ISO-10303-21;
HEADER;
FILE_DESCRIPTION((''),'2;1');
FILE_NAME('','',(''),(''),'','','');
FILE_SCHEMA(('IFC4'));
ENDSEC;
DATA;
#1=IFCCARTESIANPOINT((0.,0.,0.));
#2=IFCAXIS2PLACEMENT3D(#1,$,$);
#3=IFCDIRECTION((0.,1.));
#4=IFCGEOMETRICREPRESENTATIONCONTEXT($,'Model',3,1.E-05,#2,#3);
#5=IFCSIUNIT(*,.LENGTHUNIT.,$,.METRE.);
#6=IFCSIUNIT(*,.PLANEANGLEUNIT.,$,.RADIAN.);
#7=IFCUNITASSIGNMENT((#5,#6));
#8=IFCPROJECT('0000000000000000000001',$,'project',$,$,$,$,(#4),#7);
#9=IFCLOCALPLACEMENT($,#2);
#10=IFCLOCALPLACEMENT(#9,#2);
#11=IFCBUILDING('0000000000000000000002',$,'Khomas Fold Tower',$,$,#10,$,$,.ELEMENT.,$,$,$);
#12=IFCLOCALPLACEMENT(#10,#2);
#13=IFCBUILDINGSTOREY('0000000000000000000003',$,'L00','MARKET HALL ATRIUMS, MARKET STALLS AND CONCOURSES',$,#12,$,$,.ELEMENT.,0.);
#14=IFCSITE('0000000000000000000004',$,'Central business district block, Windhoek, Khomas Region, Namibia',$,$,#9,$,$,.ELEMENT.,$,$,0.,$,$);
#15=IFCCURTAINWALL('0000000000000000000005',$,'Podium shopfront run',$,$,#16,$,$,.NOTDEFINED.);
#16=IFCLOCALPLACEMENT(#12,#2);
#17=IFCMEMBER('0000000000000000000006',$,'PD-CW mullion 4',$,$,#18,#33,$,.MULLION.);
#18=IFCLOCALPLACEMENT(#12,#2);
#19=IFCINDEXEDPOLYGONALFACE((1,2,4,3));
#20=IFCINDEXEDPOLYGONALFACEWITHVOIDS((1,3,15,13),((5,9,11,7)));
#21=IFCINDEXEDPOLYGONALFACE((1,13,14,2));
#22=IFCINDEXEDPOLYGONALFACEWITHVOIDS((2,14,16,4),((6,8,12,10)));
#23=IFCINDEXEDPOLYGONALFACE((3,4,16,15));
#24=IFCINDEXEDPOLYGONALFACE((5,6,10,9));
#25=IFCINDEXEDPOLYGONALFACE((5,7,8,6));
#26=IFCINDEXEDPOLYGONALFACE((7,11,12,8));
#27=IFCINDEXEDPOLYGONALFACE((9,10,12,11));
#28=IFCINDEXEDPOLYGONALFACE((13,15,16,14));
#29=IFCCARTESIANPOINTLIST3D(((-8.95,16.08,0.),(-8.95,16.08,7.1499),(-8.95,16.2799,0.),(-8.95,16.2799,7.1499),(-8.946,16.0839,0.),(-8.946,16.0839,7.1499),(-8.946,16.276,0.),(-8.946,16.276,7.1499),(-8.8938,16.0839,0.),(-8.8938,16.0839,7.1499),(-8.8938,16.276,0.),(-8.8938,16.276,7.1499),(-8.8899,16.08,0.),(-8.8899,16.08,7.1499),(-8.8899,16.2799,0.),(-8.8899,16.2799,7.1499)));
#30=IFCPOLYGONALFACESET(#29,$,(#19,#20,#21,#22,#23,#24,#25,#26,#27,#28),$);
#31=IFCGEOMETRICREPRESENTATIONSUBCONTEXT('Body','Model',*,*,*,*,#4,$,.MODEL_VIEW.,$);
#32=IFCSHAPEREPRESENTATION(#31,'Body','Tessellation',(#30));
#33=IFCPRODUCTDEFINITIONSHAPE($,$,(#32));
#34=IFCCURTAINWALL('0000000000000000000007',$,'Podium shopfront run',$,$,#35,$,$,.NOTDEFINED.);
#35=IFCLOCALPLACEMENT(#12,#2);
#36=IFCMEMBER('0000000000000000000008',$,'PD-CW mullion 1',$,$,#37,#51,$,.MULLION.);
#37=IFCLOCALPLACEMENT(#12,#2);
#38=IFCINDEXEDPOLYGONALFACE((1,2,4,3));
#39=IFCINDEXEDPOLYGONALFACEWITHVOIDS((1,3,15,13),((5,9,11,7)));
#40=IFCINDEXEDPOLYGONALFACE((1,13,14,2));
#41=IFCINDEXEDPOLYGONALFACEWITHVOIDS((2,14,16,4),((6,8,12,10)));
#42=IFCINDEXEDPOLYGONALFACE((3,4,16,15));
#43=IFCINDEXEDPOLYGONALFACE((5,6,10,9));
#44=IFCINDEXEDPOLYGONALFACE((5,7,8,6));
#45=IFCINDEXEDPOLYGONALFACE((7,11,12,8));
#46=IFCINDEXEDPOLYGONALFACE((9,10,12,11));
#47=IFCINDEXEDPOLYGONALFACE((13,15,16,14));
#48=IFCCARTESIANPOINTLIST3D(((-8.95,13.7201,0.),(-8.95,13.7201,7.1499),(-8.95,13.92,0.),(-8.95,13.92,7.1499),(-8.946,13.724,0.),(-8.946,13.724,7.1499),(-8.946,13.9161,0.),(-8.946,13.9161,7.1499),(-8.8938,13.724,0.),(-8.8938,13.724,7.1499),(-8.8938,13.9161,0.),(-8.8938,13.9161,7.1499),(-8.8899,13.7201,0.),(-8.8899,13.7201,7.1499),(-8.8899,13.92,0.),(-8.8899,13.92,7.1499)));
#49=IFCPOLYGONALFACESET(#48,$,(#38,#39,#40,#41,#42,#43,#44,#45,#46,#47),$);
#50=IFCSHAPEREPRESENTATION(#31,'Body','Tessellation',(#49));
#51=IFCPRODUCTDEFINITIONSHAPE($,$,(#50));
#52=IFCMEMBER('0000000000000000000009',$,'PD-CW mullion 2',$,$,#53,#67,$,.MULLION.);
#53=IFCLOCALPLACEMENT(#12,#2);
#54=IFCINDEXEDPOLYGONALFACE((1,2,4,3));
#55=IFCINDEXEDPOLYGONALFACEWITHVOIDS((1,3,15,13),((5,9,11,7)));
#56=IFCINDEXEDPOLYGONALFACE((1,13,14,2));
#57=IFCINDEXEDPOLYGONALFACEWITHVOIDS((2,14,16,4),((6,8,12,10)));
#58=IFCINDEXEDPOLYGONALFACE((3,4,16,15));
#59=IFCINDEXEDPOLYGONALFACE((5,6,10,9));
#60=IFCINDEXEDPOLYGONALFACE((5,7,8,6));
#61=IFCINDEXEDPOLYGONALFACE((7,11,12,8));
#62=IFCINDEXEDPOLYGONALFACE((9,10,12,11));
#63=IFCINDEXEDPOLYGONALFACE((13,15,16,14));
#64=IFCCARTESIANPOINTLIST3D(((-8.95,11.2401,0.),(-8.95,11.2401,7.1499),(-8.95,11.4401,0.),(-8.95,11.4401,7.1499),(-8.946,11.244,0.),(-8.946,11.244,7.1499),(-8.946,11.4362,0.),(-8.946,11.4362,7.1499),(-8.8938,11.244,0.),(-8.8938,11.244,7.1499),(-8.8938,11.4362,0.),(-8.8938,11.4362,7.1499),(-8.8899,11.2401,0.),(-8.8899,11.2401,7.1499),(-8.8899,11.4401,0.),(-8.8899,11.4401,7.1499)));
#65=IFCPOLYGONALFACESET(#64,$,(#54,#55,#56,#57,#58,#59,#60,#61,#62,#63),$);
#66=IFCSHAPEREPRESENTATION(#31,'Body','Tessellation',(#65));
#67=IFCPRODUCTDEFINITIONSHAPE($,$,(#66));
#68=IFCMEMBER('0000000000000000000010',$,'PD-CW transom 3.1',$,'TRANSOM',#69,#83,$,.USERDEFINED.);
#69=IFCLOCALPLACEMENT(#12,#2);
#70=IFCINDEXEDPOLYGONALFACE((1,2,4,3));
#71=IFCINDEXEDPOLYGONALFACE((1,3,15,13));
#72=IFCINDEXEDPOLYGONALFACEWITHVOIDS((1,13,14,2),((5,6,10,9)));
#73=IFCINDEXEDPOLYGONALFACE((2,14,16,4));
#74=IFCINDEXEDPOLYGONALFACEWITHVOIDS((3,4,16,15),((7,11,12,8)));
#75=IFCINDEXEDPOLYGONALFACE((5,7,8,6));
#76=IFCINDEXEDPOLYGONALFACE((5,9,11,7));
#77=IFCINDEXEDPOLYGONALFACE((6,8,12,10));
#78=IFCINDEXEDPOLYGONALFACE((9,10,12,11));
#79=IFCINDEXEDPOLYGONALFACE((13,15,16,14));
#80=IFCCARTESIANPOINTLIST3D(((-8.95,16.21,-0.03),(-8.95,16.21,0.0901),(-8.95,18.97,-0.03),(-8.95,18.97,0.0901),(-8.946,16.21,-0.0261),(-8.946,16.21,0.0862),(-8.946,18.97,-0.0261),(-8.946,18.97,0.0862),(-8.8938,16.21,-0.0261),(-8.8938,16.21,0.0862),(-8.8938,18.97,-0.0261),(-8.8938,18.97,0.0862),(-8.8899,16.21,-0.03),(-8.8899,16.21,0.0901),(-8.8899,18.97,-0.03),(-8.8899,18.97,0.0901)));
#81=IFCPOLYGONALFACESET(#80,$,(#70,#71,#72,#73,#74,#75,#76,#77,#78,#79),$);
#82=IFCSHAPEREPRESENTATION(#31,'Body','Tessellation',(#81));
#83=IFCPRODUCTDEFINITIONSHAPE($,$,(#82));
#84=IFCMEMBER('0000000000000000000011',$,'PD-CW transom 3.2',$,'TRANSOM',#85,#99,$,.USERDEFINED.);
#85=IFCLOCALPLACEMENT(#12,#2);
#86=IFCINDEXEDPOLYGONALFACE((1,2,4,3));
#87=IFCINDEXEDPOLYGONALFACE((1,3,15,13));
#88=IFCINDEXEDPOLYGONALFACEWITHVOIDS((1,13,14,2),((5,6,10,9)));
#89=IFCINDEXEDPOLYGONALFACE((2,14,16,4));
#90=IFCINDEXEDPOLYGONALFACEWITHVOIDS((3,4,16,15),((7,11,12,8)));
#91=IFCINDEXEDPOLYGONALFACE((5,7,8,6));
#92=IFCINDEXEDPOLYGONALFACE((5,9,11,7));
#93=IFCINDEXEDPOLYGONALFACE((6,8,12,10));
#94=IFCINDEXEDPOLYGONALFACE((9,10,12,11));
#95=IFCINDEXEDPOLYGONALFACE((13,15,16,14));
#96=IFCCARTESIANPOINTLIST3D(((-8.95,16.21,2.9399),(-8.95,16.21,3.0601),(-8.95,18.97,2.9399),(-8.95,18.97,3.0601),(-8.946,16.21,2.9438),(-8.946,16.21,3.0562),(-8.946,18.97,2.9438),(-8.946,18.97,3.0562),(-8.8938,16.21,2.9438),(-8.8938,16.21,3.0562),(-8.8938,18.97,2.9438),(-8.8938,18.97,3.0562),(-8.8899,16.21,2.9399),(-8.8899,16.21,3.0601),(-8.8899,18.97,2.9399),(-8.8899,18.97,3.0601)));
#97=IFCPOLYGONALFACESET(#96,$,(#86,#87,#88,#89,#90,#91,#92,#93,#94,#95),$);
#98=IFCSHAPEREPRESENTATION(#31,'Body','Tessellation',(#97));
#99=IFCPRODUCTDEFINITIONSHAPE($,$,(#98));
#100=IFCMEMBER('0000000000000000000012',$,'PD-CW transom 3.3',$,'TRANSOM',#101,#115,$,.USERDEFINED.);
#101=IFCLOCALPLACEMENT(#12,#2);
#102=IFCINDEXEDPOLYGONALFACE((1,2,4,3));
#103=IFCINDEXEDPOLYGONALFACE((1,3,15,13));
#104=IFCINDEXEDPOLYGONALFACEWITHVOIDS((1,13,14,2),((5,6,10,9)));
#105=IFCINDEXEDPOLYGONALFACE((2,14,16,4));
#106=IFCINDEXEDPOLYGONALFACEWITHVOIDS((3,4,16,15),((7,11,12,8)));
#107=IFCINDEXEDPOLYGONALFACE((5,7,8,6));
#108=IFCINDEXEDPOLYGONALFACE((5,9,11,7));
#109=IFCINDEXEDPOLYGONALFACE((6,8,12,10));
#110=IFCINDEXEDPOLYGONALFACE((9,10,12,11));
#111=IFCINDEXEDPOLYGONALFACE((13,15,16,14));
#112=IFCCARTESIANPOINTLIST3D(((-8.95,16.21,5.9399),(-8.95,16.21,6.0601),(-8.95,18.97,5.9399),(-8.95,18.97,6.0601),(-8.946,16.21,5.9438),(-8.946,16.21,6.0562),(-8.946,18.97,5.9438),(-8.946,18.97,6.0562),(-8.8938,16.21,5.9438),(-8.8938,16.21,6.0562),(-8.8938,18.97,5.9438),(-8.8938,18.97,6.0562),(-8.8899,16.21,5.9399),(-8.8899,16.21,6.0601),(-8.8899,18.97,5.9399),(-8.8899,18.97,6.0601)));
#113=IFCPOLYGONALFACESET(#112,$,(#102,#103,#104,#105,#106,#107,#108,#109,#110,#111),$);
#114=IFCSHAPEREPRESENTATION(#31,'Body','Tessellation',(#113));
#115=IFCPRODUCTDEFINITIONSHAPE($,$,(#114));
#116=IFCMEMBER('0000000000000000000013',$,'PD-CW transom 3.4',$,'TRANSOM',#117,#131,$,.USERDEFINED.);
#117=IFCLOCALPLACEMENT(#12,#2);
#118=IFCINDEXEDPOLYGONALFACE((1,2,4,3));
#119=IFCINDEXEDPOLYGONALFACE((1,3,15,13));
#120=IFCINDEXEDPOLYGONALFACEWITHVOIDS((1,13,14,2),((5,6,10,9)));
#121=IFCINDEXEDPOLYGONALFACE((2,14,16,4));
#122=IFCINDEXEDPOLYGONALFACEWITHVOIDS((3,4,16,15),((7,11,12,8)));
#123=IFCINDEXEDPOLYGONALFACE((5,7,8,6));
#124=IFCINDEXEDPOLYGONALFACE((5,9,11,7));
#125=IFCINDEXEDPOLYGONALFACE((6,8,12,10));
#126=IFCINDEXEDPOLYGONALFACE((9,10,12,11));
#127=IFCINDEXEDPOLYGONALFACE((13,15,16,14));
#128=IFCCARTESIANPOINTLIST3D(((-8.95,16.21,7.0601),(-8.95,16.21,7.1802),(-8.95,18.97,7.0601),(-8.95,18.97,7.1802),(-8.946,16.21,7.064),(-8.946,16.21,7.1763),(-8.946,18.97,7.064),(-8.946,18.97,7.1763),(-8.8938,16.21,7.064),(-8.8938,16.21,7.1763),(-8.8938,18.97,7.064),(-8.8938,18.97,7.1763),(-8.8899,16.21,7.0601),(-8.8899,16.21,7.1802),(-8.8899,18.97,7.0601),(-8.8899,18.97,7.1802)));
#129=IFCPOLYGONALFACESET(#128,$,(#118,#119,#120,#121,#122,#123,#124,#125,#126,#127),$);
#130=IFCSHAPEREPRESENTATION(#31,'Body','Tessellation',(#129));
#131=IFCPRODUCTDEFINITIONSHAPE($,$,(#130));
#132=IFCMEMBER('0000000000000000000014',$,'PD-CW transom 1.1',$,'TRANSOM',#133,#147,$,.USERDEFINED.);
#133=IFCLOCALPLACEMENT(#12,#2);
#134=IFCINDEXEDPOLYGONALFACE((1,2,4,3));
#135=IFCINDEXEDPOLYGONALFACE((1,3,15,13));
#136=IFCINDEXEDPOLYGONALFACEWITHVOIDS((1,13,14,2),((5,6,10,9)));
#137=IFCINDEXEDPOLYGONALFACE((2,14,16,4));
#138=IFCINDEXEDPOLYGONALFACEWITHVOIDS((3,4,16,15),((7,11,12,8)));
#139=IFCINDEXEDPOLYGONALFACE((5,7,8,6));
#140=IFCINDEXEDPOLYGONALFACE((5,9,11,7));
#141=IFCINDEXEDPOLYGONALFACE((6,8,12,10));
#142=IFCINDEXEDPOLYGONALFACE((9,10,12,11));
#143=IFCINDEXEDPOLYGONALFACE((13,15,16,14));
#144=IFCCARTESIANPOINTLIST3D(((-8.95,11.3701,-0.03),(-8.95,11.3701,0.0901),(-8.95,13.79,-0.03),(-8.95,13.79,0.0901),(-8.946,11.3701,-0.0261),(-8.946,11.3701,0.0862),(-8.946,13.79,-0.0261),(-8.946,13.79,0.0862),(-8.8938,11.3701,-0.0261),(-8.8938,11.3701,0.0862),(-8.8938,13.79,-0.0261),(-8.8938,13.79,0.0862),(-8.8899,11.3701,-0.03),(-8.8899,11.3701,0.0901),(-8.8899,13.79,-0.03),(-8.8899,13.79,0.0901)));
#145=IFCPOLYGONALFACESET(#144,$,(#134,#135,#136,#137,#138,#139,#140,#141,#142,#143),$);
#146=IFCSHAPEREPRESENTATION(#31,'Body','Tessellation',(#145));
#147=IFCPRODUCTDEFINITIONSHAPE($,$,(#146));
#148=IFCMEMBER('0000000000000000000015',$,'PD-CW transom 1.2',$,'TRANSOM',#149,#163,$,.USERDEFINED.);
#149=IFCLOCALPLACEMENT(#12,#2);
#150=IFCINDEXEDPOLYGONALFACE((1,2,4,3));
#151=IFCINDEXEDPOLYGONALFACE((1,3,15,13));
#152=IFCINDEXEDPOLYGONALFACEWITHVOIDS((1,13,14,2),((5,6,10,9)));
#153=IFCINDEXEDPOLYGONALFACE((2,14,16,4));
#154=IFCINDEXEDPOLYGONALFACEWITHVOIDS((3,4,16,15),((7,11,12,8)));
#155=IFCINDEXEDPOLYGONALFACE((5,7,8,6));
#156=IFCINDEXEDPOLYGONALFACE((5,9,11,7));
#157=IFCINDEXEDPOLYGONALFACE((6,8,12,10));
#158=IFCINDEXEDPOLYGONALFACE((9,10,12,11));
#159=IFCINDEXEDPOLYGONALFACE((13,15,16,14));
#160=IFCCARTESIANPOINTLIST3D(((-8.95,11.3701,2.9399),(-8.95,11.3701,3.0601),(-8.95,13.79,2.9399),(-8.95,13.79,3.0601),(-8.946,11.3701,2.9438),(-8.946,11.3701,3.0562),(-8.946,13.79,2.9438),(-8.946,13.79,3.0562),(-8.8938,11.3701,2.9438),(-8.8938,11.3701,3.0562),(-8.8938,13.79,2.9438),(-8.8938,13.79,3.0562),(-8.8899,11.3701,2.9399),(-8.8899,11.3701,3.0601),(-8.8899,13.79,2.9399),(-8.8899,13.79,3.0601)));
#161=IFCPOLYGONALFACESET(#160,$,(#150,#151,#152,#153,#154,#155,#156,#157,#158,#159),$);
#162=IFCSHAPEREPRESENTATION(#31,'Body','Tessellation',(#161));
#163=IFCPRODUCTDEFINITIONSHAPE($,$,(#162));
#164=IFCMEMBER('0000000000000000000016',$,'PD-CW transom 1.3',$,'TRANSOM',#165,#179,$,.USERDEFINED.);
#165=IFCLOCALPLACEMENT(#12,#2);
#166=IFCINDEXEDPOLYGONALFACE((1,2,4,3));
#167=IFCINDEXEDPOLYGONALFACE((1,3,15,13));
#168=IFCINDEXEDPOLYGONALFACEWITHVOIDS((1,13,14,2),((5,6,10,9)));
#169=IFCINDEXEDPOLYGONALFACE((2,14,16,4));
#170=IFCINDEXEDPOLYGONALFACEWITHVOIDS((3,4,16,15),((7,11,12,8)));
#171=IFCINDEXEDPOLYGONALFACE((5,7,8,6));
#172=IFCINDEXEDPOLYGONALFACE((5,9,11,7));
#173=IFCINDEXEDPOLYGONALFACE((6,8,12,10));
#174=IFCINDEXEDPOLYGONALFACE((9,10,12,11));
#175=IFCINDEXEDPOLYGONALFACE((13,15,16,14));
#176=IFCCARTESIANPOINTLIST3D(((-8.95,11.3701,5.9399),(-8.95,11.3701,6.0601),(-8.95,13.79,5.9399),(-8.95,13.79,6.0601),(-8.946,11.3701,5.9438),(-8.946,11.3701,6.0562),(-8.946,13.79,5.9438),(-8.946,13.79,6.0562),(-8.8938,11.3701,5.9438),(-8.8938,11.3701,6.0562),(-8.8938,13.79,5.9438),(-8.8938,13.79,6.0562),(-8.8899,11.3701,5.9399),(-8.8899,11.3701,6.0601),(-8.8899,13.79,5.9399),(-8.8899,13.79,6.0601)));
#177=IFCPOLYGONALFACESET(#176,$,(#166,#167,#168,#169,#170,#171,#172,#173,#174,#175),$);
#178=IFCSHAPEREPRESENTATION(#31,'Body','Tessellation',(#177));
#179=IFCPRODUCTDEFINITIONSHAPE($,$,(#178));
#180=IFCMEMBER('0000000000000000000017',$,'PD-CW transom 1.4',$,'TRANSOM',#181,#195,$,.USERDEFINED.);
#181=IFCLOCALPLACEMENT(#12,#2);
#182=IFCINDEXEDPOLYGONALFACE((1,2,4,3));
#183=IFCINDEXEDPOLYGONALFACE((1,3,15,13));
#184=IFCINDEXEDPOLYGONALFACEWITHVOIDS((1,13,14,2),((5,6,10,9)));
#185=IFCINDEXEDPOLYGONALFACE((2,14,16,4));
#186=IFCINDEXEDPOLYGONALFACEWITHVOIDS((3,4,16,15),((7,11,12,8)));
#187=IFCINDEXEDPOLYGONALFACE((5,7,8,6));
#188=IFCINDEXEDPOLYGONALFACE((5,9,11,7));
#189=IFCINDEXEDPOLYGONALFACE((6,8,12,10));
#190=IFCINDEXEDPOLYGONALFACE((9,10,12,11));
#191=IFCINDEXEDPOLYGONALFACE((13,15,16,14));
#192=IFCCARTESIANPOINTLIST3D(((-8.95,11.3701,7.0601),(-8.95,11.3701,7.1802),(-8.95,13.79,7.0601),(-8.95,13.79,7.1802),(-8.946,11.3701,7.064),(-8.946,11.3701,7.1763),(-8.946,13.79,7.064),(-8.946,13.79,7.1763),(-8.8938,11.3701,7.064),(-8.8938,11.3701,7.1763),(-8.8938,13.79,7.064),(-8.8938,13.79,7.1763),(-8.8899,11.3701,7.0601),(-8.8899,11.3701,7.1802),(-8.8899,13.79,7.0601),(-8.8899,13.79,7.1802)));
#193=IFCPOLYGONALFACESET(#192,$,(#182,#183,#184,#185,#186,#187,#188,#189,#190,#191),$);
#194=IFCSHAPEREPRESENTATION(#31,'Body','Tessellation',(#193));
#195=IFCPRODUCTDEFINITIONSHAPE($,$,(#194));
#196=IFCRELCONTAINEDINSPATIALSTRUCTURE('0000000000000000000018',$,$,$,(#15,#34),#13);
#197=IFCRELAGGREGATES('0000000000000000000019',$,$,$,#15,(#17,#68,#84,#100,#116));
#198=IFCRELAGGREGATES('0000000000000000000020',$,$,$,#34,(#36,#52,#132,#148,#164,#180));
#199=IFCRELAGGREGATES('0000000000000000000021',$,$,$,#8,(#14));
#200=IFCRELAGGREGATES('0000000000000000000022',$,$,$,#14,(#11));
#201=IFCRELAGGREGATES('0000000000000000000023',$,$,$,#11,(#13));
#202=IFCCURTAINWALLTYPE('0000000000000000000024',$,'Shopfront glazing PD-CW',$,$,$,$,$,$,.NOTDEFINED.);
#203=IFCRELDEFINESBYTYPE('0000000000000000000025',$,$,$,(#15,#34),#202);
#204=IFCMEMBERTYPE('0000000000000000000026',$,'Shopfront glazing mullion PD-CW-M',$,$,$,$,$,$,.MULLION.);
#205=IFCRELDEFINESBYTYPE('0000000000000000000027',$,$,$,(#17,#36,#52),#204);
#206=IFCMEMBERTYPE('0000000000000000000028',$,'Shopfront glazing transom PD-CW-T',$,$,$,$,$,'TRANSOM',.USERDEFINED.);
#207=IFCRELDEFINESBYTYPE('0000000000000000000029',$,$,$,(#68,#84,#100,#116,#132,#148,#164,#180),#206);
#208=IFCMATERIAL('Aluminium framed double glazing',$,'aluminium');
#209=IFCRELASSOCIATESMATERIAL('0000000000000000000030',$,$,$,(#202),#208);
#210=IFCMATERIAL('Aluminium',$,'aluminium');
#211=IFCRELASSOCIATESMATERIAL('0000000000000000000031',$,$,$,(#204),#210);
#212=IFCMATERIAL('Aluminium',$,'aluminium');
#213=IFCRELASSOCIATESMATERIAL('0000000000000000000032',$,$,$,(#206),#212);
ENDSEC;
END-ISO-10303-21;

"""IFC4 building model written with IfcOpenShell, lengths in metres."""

from ifc_helpers import new_model, si_unit, direction, frame, origin, origin_2d, place, context, subcontext, project, spatial, hollow_rectangle, extrude, source, transform, mapped, material, material_profile, profile_set, type_object, element, aggregate, save


model = new_model("IFC4")

# Units and contexts
model_context = context("Model", 3, precision=1e-05, world=origin(), true_north=direction((0.0, 1.0)))
body_context = subcontext(model_context, "Body", "Model", "MODEL_VIEW")
ifc_project = project(units=[si_unit("LENGTHUNIT", "METRE"), si_unit("PLANEANGLEUNIT", "RADIAN")], contexts=[model_context])

# Site, building, storey
site_placement = place(None, origin())
site = spatial("IfcSite", under=ifc_project, at=site_placement, Name="Central business district block, Windhoek, Khomas Region, Namibia", CompositionType="ELEMENT", RefElevation=0.0)
building_placement = place(site_placement, origin())
building = spatial("IfcBuilding", under=site, at=building_placement, Name="Khomas Fold Tower", CompositionType="ELEMENT")
storey_placement = place(building_placement, origin())
storey = spatial("IfcBuildingStorey", under=building, at=storey_placement, Name="L00", Description="MARKET HALL ATRIUMS, MARKET STALLS AND CONCOURSES", CompositionType="ELEMENT", Elevation=0.0)

# Curtain wall, member
ifc_material_1 = material(Name="Aluminium framed double glazing", Category="aluminium")
curtain_wall_type = type_object("IfcCurtainWallType", Name="Shopfront glazing PD-CW", PredefinedType="NOTDEFINED", material=ifc_material_1)
curtain_wall_1_placement = place(storey_placement, origin())
curtain_wall_1 = element("IfcCurtainWall", 1, at=curtain_wall_1_placement, inside=storey, type_object=curtain_wall_type, Name="Podium shopfront run", PredefinedType="NOTDEFINED")
ifc_material_2 = material(Name="Aluminium", Category="aluminium")
ifc_material_profile_1 = material_profile(ifc_material_2, hollow_rectangle(XDim=0.0601, YDim=0.2, WallThickness=0.0039, at=origin_2d()), Name="Shopfront glazing mullion PD-CW-M")
ifc_profile_set_1 = profile_set([ifc_material_profile_1], Name="Aluminium")
member_type_1 = type_object("IfcMemberType", Name="Shopfront glazing mullion PD-CW-M", PredefinedType="MULLION", material=ifc_profile_set_1)
shared_shape_1 = source(origin(), body_context, "Body", "SweptSolid", [
    extrude(hollow_rectangle(XDim=0.0601, YDim=0.2, WallThickness=0.0039, at=origin_2d()), origin(), (0.0, 0.0, 1.0), 7.1499),
])
member_1_placement = place(storey_placement, frame((-8.9199, 16.1799, 0.0), z_axis=(0.0, 0.0, 1.0), x_axis=(1.0, 0.0, 0.0)))
member_1 = element("IfcMember", 2, at=member_1_placement, type_object=member_type_1, Name="PD-CW mullion 4", PredefinedType="MULLION", context=body_context, shape_type="MappedRepresentation", body=[
    mapped(shared_shape_1, transform((0.0, 0.0, 0.0))),
])

# Curtain wall, members
curtain_wall_2_placement = place(storey_placement, origin())
curtain_wall_2 = element("IfcCurtainWall", 3, at=curtain_wall_2_placement, inside=storey, type_object=curtain_wall_type, Name="Podium shopfront run", PredefinedType="NOTDEFINED")
member_2_placement = place(storey_placement, frame((-8.9199, 13.8201, 0.0), z_axis=(0.0, 0.0, 1.0), x_axis=(1.0, 0.0, 0.0)))
member_2 = element("IfcMember", 4, at=member_2_placement, type_object=member_type_1, Name="PD-CW mullion 1", PredefinedType="MULLION", context=body_context, shape_type="MappedRepresentation", body=[
    mapped(shared_shape_1, transform((0.0, 0.0, 0.0))),
])
member_3_placement = place(storey_placement, frame((-8.9199, 11.3401, 0.0), z_axis=(0.0, 0.0, 1.0), x_axis=(1.0, 0.0, 0.0)))
member_3 = element("IfcMember", 5, at=member_3_placement, type_object=member_type_1, Name="PD-CW mullion 2", PredefinedType="MULLION", context=body_context, shape_type="MappedRepresentation", body=[
    mapped(shared_shape_1, transform((0.0, 0.0, 0.0))),
])

# Members
ifc_material_3 = material(Name="Aluminium", Category="aluminium")
ifc_material_profile_2 = material_profile(ifc_material_3, hollow_rectangle(XDim=0.0601, YDim=0.1201, WallThickness=0.0039, at=origin_2d()), Name="Shopfront glazing transom PD-CW-T")
ifc_profile_set_2 = profile_set([ifc_material_profile_2], Name="Aluminium")
member_type_2 = type_object("IfcMemberType", Name="Shopfront glazing transom PD-CW-T", ElementType="TRANSOM", PredefinedType="USERDEFINED", material=ifc_profile_set_2)
shared_shape_2 = source(origin(), body_context, "Body", "SweptSolid", [
    extrude(hollow_rectangle(XDim=0.0601, YDim=0.1201, WallThickness=0.0039, at=origin_2d()), origin(), (0.0, 0.0, 1.0), 2.76),
])
member_4_placement = place(storey_placement, frame((-8.9199, 18.97, 0.03), z_axis=(0.0, -1.0, 0.0), x_axis=(1.0, 0.0, 0.0)))
member_4 = element("IfcMember", 6, at=member_4_placement, type_object=member_type_2, Name="PD-CW transom 3.1", ObjectType="TRANSOM", PredefinedType="USERDEFINED", context=body_context, shape_type="MappedRepresentation", body=[
    mapped(shared_shape_2, transform((0.0, 0.0, 0.0))),
])
member_5_placement = place(storey_placement, frame((-8.9199, 18.97, 3.0), z_axis=(0.0, -1.0, 0.0), x_axis=(1.0, 0.0, 0.0)))
member_5 = element("IfcMember", 7, at=member_5_placement, type_object=member_type_2, Name="PD-CW transom 3.2", ObjectType="TRANSOM", PredefinedType="USERDEFINED", context=body_context, shape_type="MappedRepresentation", body=[
    mapped(shared_shape_2, transform((0.0, 0.0, 0.0))),
])
member_6_placement = place(storey_placement, frame((-8.9199, 18.97, 6.0), z_axis=(0.0, -1.0, 0.0), x_axis=(1.0, 0.0, 0.0)))
member_6 = element("IfcMember", 8, at=member_6_placement, type_object=member_type_2, Name="PD-CW transom 3.3", ObjectType="TRANSOM", PredefinedType="USERDEFINED", context=body_context, shape_type="MappedRepresentation", body=[
    mapped(shared_shape_2, transform((0.0, 0.0, 0.0))),
])
member_7_placement = place(storey_placement, frame((-8.9199, 18.97, 7.1201), z_axis=(0.0, -1.0, 0.0), x_axis=(1.0, 0.0, 0.0)))
member_7 = element("IfcMember", 9, at=member_7_placement, type_object=member_type_2, Name="PD-CW transom 3.4", ObjectType="TRANSOM", PredefinedType="USERDEFINED", context=body_context, shape_type="MappedRepresentation", body=[
    mapped(shared_shape_2, transform((0.0, 0.0, 0.0))),
])
shared_shape_3 = source(origin(), body_context, "Body", "SweptSolid", [
    extrude(hollow_rectangle(XDim=0.0601, YDim=0.1201, WallThickness=0.0039, at=origin_2d()), origin(), (0.0, 0.0, 1.0), 2.4199),
])
member_8_placement = place(storey_placement, frame((-8.9199, 13.79, 0.03), z_axis=(0.0, -1.0, 0.0), x_axis=(1.0, 0.0, 0.0)))
member_8 = element("IfcMember", 10, at=member_8_placement, type_object=member_type_2, Name="PD-CW transom 1.1", ObjectType="TRANSOM", PredefinedType="USERDEFINED", context=body_context, shape_type="MappedRepresentation", body=[
    mapped(shared_shape_3, transform((0.0, 0.0, 0.0))),
])
member_9_placement = place(storey_placement, frame((-8.9199, 13.79, 3.0), z_axis=(0.0, -1.0, 0.0), x_axis=(1.0, 0.0, 0.0)))
member_9 = element("IfcMember", 11, at=member_9_placement, type_object=member_type_2, Name="PD-CW transom 1.2", ObjectType="TRANSOM", PredefinedType="USERDEFINED", context=body_context, shape_type="MappedRepresentation", body=[
    mapped(shared_shape_3, transform((0.0, 0.0, 0.0))),
])
member_10_placement = place(storey_placement, frame((-8.9199, 13.79, 6.0), z_axis=(0.0, -1.0, 0.0), x_axis=(1.0, 0.0, 0.0)))
member_10 = element("IfcMember", 12, at=member_10_placement, type_object=member_type_2, Name="PD-CW transom 1.3", ObjectType="TRANSOM", PredefinedType="USERDEFINED", context=body_context, shape_type="MappedRepresentation", body=[
    mapped(shared_shape_3, transform((0.0, 0.0, 0.0))),
])
member_11_placement = place(storey_placement, frame((-8.9199, 13.79, 7.1201), z_axis=(0.0, -1.0, 0.0), x_axis=(1.0, 0.0, 0.0)))
member_11 = element("IfcMember", 13, at=member_11_placement, type_object=member_type_2, Name="PD-CW transom 1.4", ObjectType="TRANSOM", PredefinedType="USERDEFINED", context=body_context, shape_type="MappedRepresentation", body=[
    mapped(shared_shape_3, transform((0.0, 0.0, 0.0))),
])

aggregate(curtain_wall_1, [member_1, member_4, member_5, member_6, member_7])
aggregate(curtain_wall_2, [member_2, member_3, member_8, member_9, member_10, member_11])

save(model, "model.ifc")
